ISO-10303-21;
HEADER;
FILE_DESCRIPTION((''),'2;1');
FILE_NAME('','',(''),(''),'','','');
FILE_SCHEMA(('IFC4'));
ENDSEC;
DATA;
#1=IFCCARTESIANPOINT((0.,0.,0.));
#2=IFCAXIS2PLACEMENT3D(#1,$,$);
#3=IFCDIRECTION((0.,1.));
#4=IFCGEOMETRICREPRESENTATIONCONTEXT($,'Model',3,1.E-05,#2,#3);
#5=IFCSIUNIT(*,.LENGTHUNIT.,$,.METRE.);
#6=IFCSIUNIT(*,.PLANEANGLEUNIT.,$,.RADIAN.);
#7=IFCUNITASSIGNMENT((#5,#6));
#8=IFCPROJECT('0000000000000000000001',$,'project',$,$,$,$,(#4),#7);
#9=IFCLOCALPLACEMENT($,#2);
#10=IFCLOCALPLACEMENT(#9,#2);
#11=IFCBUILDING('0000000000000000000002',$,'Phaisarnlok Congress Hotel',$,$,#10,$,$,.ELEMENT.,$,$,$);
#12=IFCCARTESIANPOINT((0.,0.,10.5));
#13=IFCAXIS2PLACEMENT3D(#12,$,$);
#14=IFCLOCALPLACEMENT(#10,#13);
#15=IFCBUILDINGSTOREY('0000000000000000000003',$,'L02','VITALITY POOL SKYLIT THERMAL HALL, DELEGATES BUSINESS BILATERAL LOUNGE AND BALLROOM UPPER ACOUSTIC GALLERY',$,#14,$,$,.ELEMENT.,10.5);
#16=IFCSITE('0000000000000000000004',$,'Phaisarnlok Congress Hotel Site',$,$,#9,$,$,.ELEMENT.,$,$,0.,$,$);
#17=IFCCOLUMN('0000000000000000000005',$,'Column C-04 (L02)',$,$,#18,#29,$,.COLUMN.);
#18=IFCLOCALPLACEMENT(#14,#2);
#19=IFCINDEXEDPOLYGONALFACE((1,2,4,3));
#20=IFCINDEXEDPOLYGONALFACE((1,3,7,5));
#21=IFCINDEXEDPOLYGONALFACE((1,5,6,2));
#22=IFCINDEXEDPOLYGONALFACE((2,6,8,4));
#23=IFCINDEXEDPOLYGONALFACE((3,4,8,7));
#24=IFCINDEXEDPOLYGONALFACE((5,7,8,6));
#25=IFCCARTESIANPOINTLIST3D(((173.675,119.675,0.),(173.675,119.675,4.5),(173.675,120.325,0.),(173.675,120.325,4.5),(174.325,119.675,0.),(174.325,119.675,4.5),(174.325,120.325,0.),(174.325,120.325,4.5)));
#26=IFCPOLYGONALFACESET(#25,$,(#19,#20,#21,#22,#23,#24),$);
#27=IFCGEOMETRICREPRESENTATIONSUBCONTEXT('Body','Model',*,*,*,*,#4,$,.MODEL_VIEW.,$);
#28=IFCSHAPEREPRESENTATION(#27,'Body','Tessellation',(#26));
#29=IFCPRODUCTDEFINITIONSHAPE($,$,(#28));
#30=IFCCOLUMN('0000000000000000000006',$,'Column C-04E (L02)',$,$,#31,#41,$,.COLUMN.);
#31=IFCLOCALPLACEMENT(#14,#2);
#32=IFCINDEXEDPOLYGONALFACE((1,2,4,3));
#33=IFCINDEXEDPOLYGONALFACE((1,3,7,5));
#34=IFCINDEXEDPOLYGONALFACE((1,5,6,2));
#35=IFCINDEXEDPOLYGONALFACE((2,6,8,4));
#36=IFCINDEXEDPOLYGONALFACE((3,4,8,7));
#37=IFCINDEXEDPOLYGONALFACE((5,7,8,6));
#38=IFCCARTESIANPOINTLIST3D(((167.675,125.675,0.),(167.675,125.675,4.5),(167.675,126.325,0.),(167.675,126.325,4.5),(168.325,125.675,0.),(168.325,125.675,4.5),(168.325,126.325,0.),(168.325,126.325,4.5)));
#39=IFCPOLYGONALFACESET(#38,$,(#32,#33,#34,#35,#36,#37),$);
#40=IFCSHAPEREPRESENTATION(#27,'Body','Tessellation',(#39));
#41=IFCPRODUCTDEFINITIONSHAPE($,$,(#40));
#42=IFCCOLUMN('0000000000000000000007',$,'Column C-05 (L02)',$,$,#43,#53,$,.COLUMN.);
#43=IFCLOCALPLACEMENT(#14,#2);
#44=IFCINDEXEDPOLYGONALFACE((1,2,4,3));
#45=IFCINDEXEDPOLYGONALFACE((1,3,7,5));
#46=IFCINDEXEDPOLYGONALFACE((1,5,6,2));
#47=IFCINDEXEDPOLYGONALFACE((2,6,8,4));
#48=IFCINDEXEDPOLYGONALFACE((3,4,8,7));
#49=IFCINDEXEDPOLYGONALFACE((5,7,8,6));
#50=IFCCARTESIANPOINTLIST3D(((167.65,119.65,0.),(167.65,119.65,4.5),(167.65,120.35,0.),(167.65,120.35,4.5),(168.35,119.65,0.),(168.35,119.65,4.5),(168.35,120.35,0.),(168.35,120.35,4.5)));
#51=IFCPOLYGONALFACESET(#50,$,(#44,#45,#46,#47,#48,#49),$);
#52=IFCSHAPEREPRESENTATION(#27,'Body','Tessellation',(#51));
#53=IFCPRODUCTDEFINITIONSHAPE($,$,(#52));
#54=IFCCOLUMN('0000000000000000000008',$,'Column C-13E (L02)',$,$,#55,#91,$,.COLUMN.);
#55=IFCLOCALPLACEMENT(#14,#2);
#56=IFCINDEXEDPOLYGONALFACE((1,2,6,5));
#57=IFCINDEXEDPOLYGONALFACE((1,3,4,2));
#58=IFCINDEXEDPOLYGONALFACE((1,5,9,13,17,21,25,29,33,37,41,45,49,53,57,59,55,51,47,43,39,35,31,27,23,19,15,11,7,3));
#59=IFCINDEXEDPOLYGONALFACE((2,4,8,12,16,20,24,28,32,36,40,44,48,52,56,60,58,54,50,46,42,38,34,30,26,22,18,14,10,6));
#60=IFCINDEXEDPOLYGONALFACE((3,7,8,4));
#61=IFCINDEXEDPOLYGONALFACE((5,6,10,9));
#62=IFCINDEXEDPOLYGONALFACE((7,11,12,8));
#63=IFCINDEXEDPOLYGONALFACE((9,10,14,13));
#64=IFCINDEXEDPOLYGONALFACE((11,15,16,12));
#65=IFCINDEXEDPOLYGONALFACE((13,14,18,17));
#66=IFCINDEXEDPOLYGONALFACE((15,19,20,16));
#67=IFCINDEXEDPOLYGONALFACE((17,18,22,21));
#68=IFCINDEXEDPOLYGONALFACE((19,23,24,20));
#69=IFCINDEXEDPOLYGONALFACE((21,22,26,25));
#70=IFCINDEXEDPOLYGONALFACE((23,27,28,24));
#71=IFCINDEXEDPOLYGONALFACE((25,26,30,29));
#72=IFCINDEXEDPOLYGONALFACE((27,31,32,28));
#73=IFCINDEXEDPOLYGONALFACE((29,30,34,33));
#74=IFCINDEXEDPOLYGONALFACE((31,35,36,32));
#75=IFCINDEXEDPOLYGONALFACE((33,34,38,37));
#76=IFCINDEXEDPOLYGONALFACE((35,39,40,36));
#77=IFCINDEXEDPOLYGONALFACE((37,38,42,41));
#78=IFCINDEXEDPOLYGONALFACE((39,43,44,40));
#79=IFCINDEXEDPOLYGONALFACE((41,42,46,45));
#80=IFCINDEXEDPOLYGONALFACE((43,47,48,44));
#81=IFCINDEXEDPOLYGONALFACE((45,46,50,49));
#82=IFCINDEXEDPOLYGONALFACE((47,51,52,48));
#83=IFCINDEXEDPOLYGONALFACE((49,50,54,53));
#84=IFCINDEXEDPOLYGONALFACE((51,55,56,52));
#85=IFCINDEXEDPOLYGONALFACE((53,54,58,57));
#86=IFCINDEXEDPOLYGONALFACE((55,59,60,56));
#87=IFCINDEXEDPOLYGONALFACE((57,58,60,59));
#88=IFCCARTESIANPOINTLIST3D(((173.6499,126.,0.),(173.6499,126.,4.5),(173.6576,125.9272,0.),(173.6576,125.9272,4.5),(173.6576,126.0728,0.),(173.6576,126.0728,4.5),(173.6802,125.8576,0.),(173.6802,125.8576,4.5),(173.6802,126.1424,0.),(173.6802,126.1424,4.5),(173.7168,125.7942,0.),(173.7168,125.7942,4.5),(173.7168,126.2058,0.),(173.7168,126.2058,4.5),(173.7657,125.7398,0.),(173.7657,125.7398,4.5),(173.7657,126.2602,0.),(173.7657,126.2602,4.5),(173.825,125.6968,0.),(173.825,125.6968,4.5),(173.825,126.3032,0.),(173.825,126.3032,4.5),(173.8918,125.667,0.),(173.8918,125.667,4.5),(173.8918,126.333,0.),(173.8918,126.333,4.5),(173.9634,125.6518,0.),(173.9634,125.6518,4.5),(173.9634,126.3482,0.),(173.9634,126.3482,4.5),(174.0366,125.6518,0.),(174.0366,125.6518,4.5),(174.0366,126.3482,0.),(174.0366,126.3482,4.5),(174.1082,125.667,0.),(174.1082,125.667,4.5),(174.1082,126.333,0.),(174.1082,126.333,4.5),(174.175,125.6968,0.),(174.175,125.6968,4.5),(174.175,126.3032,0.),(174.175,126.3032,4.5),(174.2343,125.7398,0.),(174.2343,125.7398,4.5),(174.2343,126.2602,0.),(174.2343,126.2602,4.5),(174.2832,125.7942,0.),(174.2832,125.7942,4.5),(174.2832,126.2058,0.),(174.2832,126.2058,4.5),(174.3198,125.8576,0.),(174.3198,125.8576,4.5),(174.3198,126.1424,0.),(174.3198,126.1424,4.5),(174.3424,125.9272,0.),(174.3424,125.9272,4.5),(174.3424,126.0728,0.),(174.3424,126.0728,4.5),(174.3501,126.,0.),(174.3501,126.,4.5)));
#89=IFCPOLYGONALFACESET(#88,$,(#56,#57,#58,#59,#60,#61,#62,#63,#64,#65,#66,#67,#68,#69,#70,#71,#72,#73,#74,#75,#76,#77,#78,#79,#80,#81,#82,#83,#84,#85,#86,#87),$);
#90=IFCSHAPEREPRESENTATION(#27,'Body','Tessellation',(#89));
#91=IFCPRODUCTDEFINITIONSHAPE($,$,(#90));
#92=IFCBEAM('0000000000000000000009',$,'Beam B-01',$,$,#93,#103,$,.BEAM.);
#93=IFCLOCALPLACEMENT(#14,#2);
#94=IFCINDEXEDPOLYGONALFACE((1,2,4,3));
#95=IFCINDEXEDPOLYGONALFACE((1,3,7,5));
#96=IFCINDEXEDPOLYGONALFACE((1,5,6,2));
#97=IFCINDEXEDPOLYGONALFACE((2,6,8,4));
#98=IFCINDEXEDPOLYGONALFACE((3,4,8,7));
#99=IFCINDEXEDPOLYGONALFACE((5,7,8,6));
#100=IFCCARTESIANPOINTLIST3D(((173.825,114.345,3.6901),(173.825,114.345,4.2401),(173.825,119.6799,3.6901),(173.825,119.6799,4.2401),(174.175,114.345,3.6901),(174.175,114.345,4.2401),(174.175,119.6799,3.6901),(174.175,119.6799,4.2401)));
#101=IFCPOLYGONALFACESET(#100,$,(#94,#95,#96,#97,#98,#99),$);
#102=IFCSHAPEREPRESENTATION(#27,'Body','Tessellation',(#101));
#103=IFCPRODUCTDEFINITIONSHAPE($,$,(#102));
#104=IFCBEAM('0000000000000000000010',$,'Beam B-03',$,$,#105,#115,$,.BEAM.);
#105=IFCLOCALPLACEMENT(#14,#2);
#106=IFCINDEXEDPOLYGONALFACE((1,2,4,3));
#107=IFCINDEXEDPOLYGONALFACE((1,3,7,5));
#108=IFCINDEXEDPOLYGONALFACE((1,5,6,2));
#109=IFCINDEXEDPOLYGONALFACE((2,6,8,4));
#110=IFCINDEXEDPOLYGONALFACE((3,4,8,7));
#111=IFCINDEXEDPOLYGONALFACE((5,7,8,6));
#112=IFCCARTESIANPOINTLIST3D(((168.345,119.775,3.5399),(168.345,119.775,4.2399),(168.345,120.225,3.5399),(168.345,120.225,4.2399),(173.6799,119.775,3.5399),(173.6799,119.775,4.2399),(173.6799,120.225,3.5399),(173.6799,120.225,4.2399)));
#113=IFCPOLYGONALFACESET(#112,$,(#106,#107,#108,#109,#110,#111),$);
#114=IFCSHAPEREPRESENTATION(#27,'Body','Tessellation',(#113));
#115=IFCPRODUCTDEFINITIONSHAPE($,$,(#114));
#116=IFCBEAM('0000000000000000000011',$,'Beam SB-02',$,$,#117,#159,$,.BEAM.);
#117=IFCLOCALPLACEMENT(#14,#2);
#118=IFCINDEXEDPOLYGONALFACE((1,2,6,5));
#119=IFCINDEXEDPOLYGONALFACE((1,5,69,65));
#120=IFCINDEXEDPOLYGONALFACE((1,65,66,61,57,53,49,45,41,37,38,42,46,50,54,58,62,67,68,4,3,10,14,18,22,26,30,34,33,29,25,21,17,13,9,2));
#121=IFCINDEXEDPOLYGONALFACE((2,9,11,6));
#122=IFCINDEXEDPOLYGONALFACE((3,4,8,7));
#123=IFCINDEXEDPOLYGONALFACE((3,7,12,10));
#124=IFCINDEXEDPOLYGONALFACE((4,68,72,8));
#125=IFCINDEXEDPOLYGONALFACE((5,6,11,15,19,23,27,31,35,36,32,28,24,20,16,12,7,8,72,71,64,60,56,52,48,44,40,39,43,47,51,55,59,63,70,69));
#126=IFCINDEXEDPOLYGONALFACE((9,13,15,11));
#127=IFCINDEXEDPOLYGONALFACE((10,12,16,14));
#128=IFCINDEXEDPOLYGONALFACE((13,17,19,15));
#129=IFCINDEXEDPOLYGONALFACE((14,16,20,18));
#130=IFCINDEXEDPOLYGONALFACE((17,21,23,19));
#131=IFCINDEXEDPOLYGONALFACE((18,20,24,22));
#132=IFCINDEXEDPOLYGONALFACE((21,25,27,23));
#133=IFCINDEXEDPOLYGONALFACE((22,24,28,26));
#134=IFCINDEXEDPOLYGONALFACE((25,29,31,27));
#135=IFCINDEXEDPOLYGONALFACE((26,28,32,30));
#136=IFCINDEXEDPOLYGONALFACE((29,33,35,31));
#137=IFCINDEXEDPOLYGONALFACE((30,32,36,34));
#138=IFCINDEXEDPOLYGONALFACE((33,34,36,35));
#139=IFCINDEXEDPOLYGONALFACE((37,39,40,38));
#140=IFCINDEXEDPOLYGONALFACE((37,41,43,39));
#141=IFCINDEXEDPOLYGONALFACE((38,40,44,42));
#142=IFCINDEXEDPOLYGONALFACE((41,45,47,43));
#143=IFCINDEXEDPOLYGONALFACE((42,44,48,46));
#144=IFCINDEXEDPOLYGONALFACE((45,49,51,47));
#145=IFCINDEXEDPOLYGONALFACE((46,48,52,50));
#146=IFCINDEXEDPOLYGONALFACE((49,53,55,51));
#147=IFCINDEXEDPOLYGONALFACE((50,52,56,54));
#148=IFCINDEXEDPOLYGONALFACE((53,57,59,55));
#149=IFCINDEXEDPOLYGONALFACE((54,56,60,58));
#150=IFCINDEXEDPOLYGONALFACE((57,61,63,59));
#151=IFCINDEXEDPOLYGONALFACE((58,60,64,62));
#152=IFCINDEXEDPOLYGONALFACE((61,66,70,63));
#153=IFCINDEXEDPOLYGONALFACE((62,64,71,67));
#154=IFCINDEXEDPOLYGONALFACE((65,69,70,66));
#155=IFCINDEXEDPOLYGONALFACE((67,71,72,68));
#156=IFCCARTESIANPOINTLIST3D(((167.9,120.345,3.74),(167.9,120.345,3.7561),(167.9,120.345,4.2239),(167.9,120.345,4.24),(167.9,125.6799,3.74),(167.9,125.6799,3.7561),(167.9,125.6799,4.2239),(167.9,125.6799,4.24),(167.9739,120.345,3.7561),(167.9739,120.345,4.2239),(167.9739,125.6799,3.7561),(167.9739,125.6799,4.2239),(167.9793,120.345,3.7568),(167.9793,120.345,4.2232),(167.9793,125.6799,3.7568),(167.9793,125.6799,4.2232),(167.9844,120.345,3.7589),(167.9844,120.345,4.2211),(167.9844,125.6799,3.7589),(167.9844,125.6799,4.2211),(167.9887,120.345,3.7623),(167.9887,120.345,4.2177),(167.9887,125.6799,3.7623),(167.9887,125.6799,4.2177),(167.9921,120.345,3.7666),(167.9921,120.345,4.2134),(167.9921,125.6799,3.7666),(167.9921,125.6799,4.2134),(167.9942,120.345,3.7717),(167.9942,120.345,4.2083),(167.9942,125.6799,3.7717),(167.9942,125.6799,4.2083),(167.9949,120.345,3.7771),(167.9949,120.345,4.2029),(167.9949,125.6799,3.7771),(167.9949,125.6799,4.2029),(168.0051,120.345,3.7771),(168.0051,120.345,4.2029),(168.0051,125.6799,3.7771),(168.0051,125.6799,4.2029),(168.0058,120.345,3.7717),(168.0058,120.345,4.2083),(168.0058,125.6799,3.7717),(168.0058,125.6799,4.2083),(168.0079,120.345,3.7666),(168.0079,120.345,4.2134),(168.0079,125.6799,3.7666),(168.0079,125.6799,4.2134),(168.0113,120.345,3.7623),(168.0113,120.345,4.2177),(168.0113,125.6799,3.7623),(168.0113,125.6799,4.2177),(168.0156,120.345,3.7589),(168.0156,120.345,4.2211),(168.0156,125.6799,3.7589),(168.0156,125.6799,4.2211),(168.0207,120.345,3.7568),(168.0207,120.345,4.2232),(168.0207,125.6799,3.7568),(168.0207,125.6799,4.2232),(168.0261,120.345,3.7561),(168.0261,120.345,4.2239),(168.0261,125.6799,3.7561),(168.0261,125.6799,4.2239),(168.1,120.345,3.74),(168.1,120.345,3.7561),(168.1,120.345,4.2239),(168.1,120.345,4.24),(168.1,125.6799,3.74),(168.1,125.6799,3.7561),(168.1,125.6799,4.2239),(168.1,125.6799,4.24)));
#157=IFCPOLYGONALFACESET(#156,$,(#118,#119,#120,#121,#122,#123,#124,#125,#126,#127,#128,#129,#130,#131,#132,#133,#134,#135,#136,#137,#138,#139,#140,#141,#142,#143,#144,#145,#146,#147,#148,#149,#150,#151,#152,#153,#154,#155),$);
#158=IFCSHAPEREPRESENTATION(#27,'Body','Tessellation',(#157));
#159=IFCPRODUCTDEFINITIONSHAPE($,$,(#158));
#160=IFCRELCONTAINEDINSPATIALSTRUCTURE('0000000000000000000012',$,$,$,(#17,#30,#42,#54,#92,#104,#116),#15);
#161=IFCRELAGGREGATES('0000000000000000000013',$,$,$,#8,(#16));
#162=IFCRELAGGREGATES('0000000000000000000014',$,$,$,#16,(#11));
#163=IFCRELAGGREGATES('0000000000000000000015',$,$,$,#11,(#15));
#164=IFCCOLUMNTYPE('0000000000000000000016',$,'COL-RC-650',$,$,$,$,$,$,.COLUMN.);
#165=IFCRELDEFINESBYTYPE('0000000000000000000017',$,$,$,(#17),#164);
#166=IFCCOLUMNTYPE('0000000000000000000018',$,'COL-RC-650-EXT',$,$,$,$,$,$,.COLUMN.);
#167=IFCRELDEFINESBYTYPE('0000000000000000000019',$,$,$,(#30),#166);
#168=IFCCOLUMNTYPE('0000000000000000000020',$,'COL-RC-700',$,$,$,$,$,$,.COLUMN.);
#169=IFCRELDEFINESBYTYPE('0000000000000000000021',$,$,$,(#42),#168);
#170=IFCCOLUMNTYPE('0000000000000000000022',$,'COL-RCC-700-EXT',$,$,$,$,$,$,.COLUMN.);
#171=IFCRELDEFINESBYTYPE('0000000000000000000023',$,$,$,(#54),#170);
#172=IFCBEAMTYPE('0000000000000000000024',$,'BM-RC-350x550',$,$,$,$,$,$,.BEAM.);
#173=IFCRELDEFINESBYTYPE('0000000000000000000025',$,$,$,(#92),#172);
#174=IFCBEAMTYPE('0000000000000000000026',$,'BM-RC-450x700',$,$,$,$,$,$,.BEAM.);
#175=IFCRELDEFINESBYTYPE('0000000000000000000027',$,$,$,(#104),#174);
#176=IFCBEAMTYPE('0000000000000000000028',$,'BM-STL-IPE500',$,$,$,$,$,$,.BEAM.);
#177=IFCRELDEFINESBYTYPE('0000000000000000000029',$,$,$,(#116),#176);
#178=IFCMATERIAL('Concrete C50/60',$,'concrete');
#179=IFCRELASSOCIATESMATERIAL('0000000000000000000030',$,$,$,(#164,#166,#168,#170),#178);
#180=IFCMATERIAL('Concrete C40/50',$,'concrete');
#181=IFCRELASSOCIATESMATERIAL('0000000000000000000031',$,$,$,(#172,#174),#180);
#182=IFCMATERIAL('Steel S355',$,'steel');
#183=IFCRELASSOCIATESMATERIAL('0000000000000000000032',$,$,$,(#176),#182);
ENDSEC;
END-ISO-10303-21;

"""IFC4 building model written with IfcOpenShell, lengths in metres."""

from ifc_helpers import new_model, si_unit, direction, frame, origin, origin_2d, place, context, subcontext, project, spatial, rectangle, circle, i_section, extrude, material, material_profile, profile_set, type_object, element, save


model = new_model("IFC4")

# Units and contexts
model_context = context("Model", 3, precision=1e-05, world=origin(), true_north=direction((0.0, 1.0)))
body_context = subcontext(model_context, "Body", "Model", "MODEL_VIEW")
ifc_project = project(units=[si_unit("LENGTHUNIT", "METRE"), si_unit("PLANEANGLEUNIT", "RADIAN")], contexts=[model_context])

# Site, building, storey
site_placement = place(None, origin())
site = spatial("IfcSite", under=ifc_project, at=site_placement, Name="Phaisarnlok Congress Hotel Site", CompositionType="ELEMENT", RefElevation=0.0)
building_placement = place(site_placement, origin())
building = spatial("IfcBuilding", under=site, at=building_placement, Name="Phaisarnlok Congress Hotel", CompositionType="ELEMENT")
storey_placement = place(building_placement, frame((0.0, 0.0, 10.5)))
storey = spatial("IfcBuildingStorey", under=building, at=storey_placement, Name="L02", Description="VITALITY POOL SKYLIT THERMAL HALL, DELEGATES BUSINESS BILATERAL LOUNGE AND BALLROOM UPPER ACOUSTIC GALLERY", CompositionType="ELEMENT", Elevation=10.5)

# Columns
ifc_material_1 = material(Name="Concrete C50/60", Category="concrete")
ifc_material_profile_1 = material_profile(ifc_material_1, rectangle(XDim=0.6499, YDim=0.6499, at=origin_2d()), Name="RC 650x650")
ifc_profile_set_1 = profile_set([ifc_material_profile_1], Name="Concrete C50/60")
column_type_1 = type_object("IfcColumnType", Name="COL-RC-650", PredefinedType="COLUMN", material=ifc_profile_set_1)
column_1_placement = place(storey_placement, frame((174.0, 120.0, 0.0), z_axis=(0.0, 0.0, 1.0), x_axis=(1.0, 0.0, 0.0)))
element("IfcColumn", 1, at=column_1_placement, inside=storey, type_object=column_type_1, Name="Column C-04 (L02)", PredefinedType="COLUMN", context=body_context, shape_type="SweptSolid", body=[
    extrude(rectangle(XDim=0.6499, YDim=0.6499, at=origin_2d()), origin(), (0.0, 0.0, 1.0), 4.5),
])
ifc_material_profile_2 = material_profile(ifc_material_1, rectangle(XDim=0.6499, YDim=0.6499, at=origin_2d()), Name="RC 650x650")
ifc_profile_set_2 = profile_set([ifc_material_profile_2], Name="Concrete C50/60")
column_type_2 = type_object("IfcColumnType", Name="COL-RC-650-EXT", PredefinedType="COLUMN", material=ifc_profile_set_2)
column_2_placement = place(storey_placement, frame((168.0, 126.0, 0.0), z_axis=(0.0, 0.0, 1.0), x_axis=(1.0, 0.0, 0.0)))
element("IfcColumn", 2, at=column_2_placement, inside=storey, type_object=column_type_2, Name="Column C-04E (L02)", PredefinedType="COLUMN", context=body_context, shape_type="SweptSolid", body=[
    extrude(rectangle(XDim=0.6499, YDim=0.6499, at=origin_2d()), origin(), (0.0, 0.0, 1.0), 4.5),
])
ifc_material_profile_3 = material_profile(ifc_material_1, rectangle(XDim=0.7, YDim=0.7, at=origin_2d()), Name="RC 700x700")
ifc_profile_set_3 = profile_set([ifc_material_profile_3], Name="Concrete C50/60")
column_type_3 = type_object("IfcColumnType", Name="COL-RC-700", PredefinedType="COLUMN", material=ifc_profile_set_3)
column_3_placement = place(storey_placement, frame((168.0, 120.0, 0.0), z_axis=(0.0, 0.0, 1.0), x_axis=(1.0, 0.0, 0.0)))
element("IfcColumn", 3, at=column_3_placement, inside=storey, type_object=column_type_3, Name="Column C-05 (L02)", PredefinedType="COLUMN", context=body_context, shape_type="SweptSolid", body=[
    extrude(rectangle(XDim=0.7, YDim=0.7, at=origin_2d()), origin(), (0.0, 0.0, 1.0), 4.5),
])
ifc_material_profile_4 = material_profile(ifc_material_1, circle(Radius=0.3501, at=origin_2d()), Name="RCC D700")
ifc_profile_set_4 = profile_set([ifc_material_profile_4], Name="Concrete C50/60")
column_type_4 = type_object("IfcColumnType", Name="COL-RCC-700-EXT", PredefinedType="COLUMN", material=ifc_profile_set_4)
column_4_placement = place(storey_placement, frame((174.0, 126.0, 0.0), z_axis=(0.0, 0.0, 1.0), x_axis=(1.0, 0.0, 0.0)))
element("IfcColumn", 4, at=column_4_placement, inside=storey, type_object=column_type_4, Name="Column C-13E (L02)", PredefinedType="COLUMN", context=body_context, shape_type="SweptSolid", body=[
    extrude(circle(Radius=0.3501, at=origin_2d()), origin(), (0.0, 0.0, 1.0), 4.5),
])

# Beams
ifc_material_2 = material(Name="Concrete C40/50", Category="concrete")
ifc_material_profile_5 = material_profile(ifc_material_2, rectangle(XDim=0.3501, YDim=0.55, at=origin_2d()), Name="RC 350x550")
ifc_profile_set_5 = profile_set([ifc_material_profile_5], Name="Concrete C40/50")
beam_type_1 = type_object("IfcBeamType", Name="BM-RC-350x550", PredefinedType="BEAM", material=ifc_profile_set_5)
beam_1_placement = place(storey_placement, frame((174.0, 114.345, 3.9651), z_axis=(0.0, 1.0, 0.0), x_axis=(-1.0, 0.0, 0.0)))
element("IfcBeam", 5, at=beam_1_placement, inside=storey, type_object=beam_type_1, Name="Beam B-01", PredefinedType="BEAM", context=body_context, shape_type="SweptSolid", body=[
    extrude(rectangle(XDim=0.3501, YDim=0.55, at=origin_2d()), origin(), (0.0, 0.0, 1.0), 5.335),
])
ifc_material_profile_6 = material_profile(ifc_material_2, rectangle(XDim=0.45, YDim=0.7, at=origin_2d()), Name="RC 450x700")
ifc_profile_set_6 = profile_set([ifc_material_profile_6], Name="Concrete C40/50")
beam_type_2 = type_object("IfcBeamType", Name="BM-RC-450x700", PredefinedType="BEAM", material=ifc_profile_set_6)
beam_2_placement = place(storey_placement, frame((168.345, 120.0, 3.8899), z_axis=(1.0, 0.0, 0.0), x_axis=(0.0, 1.0, 0.0)))
element("IfcBeam", 6, at=beam_2_placement, inside=storey, type_object=beam_type_2, Name="Beam B-03", PredefinedType="BEAM", context=body_context, shape_type="SweptSolid", body=[
    extrude(rectangle(XDim=0.45, YDim=0.7, at=origin_2d()), origin(), (0.0, 0.0, 1.0), 5.335),
])
ifc_material_3 = material(Name="Steel S355", Category="steel")
ifc_material_profile_7 = material_profile(ifc_material_3, i_section(OverallWidth=0.2, OverallDepth=0.5, WebThickness=0.0103, FlangeThickness=0.0161, FilletRadius=0.021, at=origin_2d()), Name="IPE 500")
ifc_profile_set_7 = profile_set([ifc_material_profile_7], Name="Steel S355")
beam_type_3 = type_object("IfcBeamType", Name="BM-STL-IPE500", PredefinedType="BEAM", material=ifc_profile_set_7)
for number, where, z_axis, x_axis, name in (
    (7, (168.0, 120.345, 3.99), (0.0, 1.0, 0.0), (-1.0, 0.0, 0.0), "Beam SB-02"),
):
    element("IfcBeam", number, at=place(storey_placement, frame(where, z_axis=z_axis, x_axis=x_axis)), inside=storey, type_object=beam_type_3, Name=name, PredefinedType="BEAM", context=body_context, shape_type="SweptSolid", body=[
        extrude(i_section(OverallWidth=0.2, OverallDepth=0.5, WebThickness=0.0103, FlangeThickness=0.0161, FilletRadius=0.021, at=origin_2d()), origin(), (0.0, 0.0, 1.0), 5.335),
    ])

save(model, "model.ifc")
